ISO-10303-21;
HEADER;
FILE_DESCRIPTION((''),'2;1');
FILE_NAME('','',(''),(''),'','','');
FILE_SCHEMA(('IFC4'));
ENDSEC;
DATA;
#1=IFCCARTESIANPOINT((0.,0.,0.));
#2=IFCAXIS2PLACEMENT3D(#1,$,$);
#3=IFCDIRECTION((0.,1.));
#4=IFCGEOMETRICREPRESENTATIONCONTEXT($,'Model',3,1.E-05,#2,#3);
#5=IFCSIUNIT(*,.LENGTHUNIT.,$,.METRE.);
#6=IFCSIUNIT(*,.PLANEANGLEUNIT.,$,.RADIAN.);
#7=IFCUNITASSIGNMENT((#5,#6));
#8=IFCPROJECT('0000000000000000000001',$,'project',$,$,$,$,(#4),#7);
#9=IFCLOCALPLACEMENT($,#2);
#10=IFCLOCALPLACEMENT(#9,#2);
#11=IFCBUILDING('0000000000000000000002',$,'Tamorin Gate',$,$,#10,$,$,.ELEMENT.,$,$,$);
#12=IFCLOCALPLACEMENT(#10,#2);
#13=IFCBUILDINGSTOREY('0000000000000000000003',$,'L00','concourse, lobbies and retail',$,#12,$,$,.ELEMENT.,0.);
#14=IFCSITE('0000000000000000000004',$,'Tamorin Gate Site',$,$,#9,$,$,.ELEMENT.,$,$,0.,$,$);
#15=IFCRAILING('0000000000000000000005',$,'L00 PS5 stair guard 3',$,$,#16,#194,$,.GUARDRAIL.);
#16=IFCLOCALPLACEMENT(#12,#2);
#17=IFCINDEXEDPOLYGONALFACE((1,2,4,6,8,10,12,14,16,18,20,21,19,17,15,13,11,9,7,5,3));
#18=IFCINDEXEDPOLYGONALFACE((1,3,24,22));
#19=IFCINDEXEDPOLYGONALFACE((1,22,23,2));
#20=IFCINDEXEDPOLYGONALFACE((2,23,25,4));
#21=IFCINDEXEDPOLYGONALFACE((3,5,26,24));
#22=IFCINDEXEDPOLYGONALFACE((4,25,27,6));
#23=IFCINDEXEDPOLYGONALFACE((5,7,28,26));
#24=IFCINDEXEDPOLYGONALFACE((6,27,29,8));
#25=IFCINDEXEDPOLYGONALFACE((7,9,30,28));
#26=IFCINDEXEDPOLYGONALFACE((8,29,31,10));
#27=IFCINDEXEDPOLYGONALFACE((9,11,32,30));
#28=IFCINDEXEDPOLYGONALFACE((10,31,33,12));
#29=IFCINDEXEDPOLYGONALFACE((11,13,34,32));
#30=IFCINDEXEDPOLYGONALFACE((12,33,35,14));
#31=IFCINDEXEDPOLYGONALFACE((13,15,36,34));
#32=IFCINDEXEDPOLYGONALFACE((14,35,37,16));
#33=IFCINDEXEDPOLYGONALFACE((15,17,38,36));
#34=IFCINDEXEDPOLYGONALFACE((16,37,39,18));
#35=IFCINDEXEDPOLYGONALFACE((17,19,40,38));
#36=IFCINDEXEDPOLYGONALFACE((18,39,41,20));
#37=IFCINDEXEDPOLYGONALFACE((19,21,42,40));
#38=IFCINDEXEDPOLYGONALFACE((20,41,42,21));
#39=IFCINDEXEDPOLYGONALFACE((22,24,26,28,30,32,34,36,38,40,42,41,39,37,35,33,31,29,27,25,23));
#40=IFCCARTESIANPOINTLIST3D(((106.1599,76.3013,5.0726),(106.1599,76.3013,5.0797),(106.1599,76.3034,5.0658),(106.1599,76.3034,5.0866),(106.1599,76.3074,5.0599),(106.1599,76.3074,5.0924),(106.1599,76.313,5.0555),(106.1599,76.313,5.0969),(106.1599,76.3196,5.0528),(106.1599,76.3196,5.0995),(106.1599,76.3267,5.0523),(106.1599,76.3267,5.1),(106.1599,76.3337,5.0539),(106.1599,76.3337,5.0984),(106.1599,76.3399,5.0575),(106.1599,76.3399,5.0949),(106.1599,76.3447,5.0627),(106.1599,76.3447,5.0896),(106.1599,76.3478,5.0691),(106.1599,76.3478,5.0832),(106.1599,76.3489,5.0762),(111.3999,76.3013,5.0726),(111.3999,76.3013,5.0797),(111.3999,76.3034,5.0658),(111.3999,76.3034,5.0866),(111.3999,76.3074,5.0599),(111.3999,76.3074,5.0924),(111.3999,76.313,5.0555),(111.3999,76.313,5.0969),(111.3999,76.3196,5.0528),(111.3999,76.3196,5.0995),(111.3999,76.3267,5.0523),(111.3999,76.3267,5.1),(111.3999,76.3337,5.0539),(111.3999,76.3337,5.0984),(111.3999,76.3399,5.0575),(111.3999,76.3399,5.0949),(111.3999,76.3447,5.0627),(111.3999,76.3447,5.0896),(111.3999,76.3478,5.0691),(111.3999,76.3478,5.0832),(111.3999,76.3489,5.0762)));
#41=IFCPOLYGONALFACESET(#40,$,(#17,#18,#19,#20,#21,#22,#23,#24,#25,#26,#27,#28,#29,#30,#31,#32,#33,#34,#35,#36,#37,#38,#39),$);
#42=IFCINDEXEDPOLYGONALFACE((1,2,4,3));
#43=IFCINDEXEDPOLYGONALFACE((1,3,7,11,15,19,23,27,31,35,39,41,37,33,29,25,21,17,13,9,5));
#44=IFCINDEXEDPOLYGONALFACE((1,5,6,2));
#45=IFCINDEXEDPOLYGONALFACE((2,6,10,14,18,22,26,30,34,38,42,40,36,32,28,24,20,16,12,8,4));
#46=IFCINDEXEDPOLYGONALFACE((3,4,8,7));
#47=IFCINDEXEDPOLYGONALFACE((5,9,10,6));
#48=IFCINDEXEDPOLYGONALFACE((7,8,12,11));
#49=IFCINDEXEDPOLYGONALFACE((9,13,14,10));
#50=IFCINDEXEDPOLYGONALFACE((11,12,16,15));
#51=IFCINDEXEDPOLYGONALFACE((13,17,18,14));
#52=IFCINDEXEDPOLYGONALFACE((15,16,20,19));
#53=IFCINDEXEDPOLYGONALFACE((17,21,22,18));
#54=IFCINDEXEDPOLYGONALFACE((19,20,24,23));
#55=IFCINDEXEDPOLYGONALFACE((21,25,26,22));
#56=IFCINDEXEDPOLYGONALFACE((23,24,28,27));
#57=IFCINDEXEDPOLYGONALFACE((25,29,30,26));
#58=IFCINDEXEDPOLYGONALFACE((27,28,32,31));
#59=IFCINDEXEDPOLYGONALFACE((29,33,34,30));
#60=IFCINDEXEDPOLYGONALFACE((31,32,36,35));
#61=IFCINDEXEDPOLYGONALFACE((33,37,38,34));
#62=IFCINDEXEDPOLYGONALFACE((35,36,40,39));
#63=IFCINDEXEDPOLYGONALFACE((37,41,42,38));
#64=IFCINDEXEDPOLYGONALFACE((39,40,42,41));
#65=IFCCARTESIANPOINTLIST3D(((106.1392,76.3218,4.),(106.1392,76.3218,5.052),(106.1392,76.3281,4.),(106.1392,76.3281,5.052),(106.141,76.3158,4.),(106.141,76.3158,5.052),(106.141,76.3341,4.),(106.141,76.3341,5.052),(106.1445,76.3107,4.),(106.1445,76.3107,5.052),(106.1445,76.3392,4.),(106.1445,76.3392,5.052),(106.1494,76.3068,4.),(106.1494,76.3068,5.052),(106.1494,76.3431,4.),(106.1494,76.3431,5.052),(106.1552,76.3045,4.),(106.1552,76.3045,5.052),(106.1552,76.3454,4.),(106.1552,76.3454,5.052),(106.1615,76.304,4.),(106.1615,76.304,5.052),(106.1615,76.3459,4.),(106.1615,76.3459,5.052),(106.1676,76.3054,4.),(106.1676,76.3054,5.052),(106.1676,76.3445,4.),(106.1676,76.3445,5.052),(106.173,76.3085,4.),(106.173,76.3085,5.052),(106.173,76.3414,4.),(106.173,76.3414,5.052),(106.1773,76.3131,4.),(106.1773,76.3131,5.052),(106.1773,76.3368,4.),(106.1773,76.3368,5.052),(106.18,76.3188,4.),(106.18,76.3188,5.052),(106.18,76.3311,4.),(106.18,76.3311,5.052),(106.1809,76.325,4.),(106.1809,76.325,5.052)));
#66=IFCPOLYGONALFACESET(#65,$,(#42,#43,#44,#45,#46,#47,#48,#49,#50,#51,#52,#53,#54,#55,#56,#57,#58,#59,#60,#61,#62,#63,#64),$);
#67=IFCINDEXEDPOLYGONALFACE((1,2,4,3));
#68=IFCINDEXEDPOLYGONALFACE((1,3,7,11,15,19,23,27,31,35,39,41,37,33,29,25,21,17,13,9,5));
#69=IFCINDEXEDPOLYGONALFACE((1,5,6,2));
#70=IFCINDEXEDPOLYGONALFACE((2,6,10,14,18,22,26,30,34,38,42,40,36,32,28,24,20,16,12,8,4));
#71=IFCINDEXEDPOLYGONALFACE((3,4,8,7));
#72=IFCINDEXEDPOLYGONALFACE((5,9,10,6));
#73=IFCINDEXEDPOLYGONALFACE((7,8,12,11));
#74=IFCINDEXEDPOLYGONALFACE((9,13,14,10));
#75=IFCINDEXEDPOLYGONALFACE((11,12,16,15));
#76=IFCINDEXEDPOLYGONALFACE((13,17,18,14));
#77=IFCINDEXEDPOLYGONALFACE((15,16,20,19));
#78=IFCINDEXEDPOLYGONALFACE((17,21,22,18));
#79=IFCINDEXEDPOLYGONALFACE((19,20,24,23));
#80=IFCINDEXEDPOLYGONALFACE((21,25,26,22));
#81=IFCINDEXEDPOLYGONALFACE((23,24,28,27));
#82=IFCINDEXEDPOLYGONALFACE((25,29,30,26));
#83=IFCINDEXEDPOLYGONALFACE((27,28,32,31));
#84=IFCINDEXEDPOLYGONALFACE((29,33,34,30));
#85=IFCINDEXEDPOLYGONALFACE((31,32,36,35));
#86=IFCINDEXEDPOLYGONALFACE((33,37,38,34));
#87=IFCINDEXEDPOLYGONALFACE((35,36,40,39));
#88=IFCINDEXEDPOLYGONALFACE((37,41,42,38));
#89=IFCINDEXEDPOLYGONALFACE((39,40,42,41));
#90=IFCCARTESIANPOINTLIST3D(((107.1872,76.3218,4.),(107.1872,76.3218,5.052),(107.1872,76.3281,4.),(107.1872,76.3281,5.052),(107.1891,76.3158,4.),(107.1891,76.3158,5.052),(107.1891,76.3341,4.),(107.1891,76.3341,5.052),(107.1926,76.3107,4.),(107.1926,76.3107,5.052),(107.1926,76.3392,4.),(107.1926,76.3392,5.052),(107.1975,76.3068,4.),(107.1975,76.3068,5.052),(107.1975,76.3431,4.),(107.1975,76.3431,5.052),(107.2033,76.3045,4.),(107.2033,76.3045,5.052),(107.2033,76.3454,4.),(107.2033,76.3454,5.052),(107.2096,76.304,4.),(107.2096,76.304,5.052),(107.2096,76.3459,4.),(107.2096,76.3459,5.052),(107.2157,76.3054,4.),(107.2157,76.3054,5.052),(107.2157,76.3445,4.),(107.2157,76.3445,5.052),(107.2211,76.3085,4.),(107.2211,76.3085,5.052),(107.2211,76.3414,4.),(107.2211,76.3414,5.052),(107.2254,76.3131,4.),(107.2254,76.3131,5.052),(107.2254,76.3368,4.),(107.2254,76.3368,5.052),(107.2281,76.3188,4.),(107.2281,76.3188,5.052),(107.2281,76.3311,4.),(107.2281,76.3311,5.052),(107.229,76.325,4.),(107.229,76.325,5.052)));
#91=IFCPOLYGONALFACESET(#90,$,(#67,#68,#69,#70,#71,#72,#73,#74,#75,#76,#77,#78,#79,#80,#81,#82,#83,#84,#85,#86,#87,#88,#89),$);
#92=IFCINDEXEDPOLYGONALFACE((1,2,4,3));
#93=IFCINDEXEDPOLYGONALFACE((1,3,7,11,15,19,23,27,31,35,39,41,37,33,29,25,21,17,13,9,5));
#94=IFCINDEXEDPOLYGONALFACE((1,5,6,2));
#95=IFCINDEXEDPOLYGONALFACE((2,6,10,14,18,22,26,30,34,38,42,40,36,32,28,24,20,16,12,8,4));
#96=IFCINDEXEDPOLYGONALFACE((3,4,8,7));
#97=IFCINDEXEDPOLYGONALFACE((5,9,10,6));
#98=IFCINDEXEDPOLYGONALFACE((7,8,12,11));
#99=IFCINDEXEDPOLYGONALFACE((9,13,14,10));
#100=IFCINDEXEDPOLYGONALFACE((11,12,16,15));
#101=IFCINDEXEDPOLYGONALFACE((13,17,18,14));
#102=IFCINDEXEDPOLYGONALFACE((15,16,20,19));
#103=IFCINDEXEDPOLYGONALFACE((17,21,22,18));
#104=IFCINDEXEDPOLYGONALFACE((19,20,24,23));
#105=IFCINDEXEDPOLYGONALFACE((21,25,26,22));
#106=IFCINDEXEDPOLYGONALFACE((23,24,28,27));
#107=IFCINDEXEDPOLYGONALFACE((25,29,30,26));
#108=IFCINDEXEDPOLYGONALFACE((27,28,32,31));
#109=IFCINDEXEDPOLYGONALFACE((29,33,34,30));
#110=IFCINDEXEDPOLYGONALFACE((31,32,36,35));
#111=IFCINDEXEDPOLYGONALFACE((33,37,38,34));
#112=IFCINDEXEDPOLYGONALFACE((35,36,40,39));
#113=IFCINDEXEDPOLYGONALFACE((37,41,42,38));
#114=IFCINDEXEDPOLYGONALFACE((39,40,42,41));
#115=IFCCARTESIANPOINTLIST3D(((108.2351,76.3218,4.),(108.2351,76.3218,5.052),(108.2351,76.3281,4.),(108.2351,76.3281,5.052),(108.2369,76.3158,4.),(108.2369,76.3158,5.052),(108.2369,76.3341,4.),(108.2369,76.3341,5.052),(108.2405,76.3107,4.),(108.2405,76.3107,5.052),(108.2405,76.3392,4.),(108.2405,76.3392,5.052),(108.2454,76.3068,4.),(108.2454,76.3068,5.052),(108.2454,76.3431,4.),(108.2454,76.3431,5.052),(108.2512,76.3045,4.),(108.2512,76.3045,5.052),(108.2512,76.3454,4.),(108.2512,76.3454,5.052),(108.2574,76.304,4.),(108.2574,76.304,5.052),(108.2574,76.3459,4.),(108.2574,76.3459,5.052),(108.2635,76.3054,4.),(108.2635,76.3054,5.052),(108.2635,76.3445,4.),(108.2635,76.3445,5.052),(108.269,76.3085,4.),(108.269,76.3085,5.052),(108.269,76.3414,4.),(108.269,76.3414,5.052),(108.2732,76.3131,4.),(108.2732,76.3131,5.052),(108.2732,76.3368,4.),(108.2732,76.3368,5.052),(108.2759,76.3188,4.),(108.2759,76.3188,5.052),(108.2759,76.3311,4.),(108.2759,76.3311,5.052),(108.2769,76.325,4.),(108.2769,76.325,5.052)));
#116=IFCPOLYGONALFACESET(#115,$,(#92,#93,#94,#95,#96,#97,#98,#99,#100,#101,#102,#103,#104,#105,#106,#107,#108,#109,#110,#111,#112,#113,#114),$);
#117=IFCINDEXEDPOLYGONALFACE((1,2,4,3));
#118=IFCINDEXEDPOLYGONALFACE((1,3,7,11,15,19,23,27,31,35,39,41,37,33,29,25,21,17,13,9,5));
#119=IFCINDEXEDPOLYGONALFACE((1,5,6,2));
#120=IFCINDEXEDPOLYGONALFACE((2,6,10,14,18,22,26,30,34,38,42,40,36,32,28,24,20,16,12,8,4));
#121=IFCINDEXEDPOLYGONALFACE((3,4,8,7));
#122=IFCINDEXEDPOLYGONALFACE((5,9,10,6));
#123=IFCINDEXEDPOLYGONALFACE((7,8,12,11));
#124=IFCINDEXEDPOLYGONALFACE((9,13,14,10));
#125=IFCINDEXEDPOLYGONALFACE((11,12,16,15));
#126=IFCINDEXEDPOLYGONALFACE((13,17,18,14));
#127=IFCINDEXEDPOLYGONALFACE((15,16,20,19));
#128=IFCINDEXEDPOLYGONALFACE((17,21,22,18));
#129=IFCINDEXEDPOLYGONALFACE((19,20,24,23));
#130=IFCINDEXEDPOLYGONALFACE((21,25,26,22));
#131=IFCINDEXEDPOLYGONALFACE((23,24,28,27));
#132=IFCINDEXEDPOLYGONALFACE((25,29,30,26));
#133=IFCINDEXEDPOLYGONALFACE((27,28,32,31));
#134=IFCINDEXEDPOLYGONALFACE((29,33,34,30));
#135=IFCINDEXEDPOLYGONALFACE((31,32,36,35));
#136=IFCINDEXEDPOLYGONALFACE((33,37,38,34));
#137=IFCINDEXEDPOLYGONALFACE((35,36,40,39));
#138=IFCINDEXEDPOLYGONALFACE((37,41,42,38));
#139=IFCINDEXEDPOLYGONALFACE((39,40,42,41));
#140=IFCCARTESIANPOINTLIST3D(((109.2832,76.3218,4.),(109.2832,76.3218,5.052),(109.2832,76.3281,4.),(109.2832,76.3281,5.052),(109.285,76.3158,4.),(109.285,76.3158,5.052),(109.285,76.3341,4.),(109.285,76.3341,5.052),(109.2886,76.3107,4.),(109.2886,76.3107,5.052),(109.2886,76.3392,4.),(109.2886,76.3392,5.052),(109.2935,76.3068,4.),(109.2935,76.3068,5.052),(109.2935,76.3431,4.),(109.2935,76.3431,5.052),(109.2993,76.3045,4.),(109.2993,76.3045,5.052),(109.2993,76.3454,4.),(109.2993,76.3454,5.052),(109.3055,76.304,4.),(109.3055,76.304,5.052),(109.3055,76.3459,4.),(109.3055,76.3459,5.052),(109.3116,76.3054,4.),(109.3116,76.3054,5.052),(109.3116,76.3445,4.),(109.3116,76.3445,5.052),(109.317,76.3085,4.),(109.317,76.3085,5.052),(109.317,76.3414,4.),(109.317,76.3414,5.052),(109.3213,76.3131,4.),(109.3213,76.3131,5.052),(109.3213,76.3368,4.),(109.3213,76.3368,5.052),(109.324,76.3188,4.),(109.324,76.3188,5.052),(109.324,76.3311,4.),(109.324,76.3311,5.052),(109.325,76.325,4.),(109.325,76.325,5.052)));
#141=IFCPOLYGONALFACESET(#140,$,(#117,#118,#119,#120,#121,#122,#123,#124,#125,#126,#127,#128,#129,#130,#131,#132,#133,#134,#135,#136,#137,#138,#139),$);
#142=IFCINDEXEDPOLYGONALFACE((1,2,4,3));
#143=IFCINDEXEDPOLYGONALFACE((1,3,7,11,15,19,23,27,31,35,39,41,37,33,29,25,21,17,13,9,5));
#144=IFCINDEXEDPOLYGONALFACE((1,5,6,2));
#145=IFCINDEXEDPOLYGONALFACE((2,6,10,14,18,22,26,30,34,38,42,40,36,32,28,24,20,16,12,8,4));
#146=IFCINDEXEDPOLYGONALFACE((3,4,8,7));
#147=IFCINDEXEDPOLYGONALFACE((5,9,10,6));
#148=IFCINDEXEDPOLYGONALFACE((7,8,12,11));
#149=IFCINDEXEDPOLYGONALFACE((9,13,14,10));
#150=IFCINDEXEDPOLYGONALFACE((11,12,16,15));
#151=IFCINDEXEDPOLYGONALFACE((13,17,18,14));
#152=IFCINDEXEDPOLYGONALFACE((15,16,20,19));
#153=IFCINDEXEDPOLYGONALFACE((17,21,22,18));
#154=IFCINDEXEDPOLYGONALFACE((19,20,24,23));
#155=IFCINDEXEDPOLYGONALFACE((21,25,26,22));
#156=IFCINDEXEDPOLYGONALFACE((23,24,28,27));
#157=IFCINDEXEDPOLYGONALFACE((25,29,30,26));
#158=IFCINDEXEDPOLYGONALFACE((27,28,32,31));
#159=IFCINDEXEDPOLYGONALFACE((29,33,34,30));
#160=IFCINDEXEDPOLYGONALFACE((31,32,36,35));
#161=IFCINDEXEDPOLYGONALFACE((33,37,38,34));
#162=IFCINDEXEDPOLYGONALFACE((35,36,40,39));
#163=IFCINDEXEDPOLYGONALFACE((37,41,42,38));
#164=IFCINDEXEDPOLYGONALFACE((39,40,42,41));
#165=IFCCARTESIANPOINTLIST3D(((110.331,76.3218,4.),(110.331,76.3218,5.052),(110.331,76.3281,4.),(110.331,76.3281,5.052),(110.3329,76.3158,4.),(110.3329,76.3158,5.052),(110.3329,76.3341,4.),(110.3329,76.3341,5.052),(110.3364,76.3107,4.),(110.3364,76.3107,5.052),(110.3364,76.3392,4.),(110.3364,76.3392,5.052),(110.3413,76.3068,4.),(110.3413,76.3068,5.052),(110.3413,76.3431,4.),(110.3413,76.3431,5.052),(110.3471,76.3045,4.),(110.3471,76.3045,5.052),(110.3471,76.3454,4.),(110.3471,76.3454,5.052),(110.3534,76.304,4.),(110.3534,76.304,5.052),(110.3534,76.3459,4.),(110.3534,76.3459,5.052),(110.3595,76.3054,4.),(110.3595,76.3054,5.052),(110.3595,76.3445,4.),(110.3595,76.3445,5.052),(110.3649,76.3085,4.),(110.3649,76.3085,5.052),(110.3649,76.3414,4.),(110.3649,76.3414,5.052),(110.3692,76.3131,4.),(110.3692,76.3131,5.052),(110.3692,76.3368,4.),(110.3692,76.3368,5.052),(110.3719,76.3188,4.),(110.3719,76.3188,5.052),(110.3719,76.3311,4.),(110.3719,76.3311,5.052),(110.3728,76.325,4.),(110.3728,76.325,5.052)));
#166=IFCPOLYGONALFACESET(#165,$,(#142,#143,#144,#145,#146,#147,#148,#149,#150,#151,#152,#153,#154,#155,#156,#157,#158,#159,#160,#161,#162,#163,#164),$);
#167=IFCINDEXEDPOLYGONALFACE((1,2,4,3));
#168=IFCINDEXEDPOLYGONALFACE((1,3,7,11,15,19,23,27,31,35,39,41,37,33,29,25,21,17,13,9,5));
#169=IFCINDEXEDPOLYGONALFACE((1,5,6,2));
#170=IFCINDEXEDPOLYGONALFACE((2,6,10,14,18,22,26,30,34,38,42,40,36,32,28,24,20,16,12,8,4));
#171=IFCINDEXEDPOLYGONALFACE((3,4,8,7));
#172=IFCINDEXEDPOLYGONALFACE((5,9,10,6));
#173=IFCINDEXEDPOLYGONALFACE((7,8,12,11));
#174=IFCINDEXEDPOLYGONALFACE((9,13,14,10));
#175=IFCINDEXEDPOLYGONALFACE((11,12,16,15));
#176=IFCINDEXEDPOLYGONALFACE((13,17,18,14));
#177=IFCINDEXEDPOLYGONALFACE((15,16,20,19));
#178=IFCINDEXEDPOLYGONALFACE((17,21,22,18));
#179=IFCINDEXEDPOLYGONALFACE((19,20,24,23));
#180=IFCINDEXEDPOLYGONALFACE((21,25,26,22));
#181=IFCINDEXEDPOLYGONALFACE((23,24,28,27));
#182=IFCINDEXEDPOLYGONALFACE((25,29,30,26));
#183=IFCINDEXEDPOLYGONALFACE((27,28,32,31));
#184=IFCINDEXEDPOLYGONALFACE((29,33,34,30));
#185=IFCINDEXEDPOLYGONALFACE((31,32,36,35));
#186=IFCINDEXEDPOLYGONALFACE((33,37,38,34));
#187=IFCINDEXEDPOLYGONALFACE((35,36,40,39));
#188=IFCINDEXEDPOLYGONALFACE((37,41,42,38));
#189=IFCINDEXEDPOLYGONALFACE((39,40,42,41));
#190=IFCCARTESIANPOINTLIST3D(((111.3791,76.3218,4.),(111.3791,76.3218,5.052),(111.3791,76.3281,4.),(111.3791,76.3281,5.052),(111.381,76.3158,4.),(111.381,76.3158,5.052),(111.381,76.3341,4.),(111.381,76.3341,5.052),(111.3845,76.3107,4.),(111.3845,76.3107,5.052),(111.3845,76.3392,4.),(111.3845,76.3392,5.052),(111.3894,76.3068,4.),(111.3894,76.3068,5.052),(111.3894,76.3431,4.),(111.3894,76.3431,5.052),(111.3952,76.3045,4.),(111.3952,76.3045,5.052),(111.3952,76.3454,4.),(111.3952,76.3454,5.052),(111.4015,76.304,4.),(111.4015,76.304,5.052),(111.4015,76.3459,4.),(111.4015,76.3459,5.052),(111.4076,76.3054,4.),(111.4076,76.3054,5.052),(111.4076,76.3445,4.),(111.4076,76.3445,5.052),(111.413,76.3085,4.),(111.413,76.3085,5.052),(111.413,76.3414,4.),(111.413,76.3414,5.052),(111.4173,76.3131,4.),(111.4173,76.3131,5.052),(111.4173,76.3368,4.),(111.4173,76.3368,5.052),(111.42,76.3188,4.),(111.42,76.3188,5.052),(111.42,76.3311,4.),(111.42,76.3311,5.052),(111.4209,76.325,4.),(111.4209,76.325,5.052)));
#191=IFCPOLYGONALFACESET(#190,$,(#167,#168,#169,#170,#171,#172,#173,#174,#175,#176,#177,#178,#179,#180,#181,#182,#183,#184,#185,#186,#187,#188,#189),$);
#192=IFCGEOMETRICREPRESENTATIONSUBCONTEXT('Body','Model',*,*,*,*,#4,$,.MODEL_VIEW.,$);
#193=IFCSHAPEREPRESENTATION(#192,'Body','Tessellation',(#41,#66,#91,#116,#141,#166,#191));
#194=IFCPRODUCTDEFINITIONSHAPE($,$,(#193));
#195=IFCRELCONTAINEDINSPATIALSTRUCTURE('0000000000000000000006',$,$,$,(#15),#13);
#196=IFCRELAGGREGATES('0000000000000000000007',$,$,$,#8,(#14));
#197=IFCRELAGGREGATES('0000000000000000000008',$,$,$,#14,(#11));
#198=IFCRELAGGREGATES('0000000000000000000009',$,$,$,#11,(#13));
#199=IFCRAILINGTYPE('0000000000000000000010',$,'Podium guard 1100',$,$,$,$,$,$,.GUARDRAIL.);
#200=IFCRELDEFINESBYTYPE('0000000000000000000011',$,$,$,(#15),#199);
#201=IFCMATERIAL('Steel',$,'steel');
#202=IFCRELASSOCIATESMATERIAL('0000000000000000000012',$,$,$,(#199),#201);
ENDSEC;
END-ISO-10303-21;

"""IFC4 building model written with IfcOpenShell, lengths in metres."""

from ifc_helpers import new_model, si_unit, direction, frame, origin, origin_2d, place, context, subcontext, project, spatial, circle, extrude, material, type_object, element, save


model = new_model("IFC4")

# Units and contexts
model_context = context("Model", 3, precision=1e-05, world=origin(), true_north=direction((0.0, 1.0)))
body_context = subcontext(model_context, "Body", "Model", "MODEL_VIEW")
ifc_project = project(units=[si_unit("LENGTHUNIT", "METRE"), si_unit("PLANEANGLEUNIT", "RADIAN")], contexts=[model_context])

# Site, building, storey
site_placement = place(None, origin())
site = spatial("IfcSite", under=ifc_project, at=site_placement, Name="Tamorin Gate Site", CompositionType="ELEMENT", RefElevation=0.0)
building_placement = place(site_placement, origin())
building = spatial("IfcBuilding", under=site, at=building_placement, Name="Tamorin Gate", CompositionType="ELEMENT")
storey_placement = place(building_placement, origin())
storey = spatial("IfcBuildingStorey", under=building, at=storey_placement, Name="L00", Description="concourse, lobbies and retail", CompositionType="ELEMENT", Elevation=0.0)

# Railing
ifc_material_1 = material(Name="Steel", Category="steel")
railing_type_1 = type_object("IfcRailingType", Name="Podium guard 1100", PredefinedType="GUARDRAIL", material=ifc_material_1)
railing_1_placement = place(storey_placement, frame((106.1599, 76.325, 4.0)))
element("IfcRailing", 1, at=railing_1_placement, inside=storey, type_object=railing_type_1, Name="L00 PS5 stair guard 3", PredefinedType="GUARDRAIL", context=body_context, shape_type="SweptSolid", body=[
    extrude(circle(Radius=0.0239, at=origin_2d()), frame((0.0, 0.0, 1.0762), z_axis=(1.0, 0.0, 0.0), x_axis=(0.0, 1.0, 0.0)), (0.0, 0.0, 1.0), 5.24),
    extrude(circle(Radius=0.021, at=origin_2d()), origin(), (0.0, 0.0, 1.0), 1.052),
    extrude(circle(Radius=0.021, at=origin_2d()), frame((1.0481, 0.0, 0.0)), (0.0, 0.0, 1.0), 1.052),
    extrude(circle(Radius=0.021, at=origin_2d()), frame((2.0959, 0.0, 0.0)), (0.0, 0.0, 1.0), 1.052),
    extrude(circle(Radius=0.021, at=origin_2d()), frame((3.144, 0.0, 0.0)), (0.0, 0.0, 1.0), 1.052),
    extrude(circle(Radius=0.021, at=origin_2d()), frame((4.1919, 0.0, 0.0)), (0.0, 0.0, 1.0), 1.052),
    extrude(circle(Radius=0.021, at=origin_2d()), frame((5.24, 0.0, 0.0)), (0.0, 0.0, 1.0), 1.052),
])

save(model, "model.ifc")
